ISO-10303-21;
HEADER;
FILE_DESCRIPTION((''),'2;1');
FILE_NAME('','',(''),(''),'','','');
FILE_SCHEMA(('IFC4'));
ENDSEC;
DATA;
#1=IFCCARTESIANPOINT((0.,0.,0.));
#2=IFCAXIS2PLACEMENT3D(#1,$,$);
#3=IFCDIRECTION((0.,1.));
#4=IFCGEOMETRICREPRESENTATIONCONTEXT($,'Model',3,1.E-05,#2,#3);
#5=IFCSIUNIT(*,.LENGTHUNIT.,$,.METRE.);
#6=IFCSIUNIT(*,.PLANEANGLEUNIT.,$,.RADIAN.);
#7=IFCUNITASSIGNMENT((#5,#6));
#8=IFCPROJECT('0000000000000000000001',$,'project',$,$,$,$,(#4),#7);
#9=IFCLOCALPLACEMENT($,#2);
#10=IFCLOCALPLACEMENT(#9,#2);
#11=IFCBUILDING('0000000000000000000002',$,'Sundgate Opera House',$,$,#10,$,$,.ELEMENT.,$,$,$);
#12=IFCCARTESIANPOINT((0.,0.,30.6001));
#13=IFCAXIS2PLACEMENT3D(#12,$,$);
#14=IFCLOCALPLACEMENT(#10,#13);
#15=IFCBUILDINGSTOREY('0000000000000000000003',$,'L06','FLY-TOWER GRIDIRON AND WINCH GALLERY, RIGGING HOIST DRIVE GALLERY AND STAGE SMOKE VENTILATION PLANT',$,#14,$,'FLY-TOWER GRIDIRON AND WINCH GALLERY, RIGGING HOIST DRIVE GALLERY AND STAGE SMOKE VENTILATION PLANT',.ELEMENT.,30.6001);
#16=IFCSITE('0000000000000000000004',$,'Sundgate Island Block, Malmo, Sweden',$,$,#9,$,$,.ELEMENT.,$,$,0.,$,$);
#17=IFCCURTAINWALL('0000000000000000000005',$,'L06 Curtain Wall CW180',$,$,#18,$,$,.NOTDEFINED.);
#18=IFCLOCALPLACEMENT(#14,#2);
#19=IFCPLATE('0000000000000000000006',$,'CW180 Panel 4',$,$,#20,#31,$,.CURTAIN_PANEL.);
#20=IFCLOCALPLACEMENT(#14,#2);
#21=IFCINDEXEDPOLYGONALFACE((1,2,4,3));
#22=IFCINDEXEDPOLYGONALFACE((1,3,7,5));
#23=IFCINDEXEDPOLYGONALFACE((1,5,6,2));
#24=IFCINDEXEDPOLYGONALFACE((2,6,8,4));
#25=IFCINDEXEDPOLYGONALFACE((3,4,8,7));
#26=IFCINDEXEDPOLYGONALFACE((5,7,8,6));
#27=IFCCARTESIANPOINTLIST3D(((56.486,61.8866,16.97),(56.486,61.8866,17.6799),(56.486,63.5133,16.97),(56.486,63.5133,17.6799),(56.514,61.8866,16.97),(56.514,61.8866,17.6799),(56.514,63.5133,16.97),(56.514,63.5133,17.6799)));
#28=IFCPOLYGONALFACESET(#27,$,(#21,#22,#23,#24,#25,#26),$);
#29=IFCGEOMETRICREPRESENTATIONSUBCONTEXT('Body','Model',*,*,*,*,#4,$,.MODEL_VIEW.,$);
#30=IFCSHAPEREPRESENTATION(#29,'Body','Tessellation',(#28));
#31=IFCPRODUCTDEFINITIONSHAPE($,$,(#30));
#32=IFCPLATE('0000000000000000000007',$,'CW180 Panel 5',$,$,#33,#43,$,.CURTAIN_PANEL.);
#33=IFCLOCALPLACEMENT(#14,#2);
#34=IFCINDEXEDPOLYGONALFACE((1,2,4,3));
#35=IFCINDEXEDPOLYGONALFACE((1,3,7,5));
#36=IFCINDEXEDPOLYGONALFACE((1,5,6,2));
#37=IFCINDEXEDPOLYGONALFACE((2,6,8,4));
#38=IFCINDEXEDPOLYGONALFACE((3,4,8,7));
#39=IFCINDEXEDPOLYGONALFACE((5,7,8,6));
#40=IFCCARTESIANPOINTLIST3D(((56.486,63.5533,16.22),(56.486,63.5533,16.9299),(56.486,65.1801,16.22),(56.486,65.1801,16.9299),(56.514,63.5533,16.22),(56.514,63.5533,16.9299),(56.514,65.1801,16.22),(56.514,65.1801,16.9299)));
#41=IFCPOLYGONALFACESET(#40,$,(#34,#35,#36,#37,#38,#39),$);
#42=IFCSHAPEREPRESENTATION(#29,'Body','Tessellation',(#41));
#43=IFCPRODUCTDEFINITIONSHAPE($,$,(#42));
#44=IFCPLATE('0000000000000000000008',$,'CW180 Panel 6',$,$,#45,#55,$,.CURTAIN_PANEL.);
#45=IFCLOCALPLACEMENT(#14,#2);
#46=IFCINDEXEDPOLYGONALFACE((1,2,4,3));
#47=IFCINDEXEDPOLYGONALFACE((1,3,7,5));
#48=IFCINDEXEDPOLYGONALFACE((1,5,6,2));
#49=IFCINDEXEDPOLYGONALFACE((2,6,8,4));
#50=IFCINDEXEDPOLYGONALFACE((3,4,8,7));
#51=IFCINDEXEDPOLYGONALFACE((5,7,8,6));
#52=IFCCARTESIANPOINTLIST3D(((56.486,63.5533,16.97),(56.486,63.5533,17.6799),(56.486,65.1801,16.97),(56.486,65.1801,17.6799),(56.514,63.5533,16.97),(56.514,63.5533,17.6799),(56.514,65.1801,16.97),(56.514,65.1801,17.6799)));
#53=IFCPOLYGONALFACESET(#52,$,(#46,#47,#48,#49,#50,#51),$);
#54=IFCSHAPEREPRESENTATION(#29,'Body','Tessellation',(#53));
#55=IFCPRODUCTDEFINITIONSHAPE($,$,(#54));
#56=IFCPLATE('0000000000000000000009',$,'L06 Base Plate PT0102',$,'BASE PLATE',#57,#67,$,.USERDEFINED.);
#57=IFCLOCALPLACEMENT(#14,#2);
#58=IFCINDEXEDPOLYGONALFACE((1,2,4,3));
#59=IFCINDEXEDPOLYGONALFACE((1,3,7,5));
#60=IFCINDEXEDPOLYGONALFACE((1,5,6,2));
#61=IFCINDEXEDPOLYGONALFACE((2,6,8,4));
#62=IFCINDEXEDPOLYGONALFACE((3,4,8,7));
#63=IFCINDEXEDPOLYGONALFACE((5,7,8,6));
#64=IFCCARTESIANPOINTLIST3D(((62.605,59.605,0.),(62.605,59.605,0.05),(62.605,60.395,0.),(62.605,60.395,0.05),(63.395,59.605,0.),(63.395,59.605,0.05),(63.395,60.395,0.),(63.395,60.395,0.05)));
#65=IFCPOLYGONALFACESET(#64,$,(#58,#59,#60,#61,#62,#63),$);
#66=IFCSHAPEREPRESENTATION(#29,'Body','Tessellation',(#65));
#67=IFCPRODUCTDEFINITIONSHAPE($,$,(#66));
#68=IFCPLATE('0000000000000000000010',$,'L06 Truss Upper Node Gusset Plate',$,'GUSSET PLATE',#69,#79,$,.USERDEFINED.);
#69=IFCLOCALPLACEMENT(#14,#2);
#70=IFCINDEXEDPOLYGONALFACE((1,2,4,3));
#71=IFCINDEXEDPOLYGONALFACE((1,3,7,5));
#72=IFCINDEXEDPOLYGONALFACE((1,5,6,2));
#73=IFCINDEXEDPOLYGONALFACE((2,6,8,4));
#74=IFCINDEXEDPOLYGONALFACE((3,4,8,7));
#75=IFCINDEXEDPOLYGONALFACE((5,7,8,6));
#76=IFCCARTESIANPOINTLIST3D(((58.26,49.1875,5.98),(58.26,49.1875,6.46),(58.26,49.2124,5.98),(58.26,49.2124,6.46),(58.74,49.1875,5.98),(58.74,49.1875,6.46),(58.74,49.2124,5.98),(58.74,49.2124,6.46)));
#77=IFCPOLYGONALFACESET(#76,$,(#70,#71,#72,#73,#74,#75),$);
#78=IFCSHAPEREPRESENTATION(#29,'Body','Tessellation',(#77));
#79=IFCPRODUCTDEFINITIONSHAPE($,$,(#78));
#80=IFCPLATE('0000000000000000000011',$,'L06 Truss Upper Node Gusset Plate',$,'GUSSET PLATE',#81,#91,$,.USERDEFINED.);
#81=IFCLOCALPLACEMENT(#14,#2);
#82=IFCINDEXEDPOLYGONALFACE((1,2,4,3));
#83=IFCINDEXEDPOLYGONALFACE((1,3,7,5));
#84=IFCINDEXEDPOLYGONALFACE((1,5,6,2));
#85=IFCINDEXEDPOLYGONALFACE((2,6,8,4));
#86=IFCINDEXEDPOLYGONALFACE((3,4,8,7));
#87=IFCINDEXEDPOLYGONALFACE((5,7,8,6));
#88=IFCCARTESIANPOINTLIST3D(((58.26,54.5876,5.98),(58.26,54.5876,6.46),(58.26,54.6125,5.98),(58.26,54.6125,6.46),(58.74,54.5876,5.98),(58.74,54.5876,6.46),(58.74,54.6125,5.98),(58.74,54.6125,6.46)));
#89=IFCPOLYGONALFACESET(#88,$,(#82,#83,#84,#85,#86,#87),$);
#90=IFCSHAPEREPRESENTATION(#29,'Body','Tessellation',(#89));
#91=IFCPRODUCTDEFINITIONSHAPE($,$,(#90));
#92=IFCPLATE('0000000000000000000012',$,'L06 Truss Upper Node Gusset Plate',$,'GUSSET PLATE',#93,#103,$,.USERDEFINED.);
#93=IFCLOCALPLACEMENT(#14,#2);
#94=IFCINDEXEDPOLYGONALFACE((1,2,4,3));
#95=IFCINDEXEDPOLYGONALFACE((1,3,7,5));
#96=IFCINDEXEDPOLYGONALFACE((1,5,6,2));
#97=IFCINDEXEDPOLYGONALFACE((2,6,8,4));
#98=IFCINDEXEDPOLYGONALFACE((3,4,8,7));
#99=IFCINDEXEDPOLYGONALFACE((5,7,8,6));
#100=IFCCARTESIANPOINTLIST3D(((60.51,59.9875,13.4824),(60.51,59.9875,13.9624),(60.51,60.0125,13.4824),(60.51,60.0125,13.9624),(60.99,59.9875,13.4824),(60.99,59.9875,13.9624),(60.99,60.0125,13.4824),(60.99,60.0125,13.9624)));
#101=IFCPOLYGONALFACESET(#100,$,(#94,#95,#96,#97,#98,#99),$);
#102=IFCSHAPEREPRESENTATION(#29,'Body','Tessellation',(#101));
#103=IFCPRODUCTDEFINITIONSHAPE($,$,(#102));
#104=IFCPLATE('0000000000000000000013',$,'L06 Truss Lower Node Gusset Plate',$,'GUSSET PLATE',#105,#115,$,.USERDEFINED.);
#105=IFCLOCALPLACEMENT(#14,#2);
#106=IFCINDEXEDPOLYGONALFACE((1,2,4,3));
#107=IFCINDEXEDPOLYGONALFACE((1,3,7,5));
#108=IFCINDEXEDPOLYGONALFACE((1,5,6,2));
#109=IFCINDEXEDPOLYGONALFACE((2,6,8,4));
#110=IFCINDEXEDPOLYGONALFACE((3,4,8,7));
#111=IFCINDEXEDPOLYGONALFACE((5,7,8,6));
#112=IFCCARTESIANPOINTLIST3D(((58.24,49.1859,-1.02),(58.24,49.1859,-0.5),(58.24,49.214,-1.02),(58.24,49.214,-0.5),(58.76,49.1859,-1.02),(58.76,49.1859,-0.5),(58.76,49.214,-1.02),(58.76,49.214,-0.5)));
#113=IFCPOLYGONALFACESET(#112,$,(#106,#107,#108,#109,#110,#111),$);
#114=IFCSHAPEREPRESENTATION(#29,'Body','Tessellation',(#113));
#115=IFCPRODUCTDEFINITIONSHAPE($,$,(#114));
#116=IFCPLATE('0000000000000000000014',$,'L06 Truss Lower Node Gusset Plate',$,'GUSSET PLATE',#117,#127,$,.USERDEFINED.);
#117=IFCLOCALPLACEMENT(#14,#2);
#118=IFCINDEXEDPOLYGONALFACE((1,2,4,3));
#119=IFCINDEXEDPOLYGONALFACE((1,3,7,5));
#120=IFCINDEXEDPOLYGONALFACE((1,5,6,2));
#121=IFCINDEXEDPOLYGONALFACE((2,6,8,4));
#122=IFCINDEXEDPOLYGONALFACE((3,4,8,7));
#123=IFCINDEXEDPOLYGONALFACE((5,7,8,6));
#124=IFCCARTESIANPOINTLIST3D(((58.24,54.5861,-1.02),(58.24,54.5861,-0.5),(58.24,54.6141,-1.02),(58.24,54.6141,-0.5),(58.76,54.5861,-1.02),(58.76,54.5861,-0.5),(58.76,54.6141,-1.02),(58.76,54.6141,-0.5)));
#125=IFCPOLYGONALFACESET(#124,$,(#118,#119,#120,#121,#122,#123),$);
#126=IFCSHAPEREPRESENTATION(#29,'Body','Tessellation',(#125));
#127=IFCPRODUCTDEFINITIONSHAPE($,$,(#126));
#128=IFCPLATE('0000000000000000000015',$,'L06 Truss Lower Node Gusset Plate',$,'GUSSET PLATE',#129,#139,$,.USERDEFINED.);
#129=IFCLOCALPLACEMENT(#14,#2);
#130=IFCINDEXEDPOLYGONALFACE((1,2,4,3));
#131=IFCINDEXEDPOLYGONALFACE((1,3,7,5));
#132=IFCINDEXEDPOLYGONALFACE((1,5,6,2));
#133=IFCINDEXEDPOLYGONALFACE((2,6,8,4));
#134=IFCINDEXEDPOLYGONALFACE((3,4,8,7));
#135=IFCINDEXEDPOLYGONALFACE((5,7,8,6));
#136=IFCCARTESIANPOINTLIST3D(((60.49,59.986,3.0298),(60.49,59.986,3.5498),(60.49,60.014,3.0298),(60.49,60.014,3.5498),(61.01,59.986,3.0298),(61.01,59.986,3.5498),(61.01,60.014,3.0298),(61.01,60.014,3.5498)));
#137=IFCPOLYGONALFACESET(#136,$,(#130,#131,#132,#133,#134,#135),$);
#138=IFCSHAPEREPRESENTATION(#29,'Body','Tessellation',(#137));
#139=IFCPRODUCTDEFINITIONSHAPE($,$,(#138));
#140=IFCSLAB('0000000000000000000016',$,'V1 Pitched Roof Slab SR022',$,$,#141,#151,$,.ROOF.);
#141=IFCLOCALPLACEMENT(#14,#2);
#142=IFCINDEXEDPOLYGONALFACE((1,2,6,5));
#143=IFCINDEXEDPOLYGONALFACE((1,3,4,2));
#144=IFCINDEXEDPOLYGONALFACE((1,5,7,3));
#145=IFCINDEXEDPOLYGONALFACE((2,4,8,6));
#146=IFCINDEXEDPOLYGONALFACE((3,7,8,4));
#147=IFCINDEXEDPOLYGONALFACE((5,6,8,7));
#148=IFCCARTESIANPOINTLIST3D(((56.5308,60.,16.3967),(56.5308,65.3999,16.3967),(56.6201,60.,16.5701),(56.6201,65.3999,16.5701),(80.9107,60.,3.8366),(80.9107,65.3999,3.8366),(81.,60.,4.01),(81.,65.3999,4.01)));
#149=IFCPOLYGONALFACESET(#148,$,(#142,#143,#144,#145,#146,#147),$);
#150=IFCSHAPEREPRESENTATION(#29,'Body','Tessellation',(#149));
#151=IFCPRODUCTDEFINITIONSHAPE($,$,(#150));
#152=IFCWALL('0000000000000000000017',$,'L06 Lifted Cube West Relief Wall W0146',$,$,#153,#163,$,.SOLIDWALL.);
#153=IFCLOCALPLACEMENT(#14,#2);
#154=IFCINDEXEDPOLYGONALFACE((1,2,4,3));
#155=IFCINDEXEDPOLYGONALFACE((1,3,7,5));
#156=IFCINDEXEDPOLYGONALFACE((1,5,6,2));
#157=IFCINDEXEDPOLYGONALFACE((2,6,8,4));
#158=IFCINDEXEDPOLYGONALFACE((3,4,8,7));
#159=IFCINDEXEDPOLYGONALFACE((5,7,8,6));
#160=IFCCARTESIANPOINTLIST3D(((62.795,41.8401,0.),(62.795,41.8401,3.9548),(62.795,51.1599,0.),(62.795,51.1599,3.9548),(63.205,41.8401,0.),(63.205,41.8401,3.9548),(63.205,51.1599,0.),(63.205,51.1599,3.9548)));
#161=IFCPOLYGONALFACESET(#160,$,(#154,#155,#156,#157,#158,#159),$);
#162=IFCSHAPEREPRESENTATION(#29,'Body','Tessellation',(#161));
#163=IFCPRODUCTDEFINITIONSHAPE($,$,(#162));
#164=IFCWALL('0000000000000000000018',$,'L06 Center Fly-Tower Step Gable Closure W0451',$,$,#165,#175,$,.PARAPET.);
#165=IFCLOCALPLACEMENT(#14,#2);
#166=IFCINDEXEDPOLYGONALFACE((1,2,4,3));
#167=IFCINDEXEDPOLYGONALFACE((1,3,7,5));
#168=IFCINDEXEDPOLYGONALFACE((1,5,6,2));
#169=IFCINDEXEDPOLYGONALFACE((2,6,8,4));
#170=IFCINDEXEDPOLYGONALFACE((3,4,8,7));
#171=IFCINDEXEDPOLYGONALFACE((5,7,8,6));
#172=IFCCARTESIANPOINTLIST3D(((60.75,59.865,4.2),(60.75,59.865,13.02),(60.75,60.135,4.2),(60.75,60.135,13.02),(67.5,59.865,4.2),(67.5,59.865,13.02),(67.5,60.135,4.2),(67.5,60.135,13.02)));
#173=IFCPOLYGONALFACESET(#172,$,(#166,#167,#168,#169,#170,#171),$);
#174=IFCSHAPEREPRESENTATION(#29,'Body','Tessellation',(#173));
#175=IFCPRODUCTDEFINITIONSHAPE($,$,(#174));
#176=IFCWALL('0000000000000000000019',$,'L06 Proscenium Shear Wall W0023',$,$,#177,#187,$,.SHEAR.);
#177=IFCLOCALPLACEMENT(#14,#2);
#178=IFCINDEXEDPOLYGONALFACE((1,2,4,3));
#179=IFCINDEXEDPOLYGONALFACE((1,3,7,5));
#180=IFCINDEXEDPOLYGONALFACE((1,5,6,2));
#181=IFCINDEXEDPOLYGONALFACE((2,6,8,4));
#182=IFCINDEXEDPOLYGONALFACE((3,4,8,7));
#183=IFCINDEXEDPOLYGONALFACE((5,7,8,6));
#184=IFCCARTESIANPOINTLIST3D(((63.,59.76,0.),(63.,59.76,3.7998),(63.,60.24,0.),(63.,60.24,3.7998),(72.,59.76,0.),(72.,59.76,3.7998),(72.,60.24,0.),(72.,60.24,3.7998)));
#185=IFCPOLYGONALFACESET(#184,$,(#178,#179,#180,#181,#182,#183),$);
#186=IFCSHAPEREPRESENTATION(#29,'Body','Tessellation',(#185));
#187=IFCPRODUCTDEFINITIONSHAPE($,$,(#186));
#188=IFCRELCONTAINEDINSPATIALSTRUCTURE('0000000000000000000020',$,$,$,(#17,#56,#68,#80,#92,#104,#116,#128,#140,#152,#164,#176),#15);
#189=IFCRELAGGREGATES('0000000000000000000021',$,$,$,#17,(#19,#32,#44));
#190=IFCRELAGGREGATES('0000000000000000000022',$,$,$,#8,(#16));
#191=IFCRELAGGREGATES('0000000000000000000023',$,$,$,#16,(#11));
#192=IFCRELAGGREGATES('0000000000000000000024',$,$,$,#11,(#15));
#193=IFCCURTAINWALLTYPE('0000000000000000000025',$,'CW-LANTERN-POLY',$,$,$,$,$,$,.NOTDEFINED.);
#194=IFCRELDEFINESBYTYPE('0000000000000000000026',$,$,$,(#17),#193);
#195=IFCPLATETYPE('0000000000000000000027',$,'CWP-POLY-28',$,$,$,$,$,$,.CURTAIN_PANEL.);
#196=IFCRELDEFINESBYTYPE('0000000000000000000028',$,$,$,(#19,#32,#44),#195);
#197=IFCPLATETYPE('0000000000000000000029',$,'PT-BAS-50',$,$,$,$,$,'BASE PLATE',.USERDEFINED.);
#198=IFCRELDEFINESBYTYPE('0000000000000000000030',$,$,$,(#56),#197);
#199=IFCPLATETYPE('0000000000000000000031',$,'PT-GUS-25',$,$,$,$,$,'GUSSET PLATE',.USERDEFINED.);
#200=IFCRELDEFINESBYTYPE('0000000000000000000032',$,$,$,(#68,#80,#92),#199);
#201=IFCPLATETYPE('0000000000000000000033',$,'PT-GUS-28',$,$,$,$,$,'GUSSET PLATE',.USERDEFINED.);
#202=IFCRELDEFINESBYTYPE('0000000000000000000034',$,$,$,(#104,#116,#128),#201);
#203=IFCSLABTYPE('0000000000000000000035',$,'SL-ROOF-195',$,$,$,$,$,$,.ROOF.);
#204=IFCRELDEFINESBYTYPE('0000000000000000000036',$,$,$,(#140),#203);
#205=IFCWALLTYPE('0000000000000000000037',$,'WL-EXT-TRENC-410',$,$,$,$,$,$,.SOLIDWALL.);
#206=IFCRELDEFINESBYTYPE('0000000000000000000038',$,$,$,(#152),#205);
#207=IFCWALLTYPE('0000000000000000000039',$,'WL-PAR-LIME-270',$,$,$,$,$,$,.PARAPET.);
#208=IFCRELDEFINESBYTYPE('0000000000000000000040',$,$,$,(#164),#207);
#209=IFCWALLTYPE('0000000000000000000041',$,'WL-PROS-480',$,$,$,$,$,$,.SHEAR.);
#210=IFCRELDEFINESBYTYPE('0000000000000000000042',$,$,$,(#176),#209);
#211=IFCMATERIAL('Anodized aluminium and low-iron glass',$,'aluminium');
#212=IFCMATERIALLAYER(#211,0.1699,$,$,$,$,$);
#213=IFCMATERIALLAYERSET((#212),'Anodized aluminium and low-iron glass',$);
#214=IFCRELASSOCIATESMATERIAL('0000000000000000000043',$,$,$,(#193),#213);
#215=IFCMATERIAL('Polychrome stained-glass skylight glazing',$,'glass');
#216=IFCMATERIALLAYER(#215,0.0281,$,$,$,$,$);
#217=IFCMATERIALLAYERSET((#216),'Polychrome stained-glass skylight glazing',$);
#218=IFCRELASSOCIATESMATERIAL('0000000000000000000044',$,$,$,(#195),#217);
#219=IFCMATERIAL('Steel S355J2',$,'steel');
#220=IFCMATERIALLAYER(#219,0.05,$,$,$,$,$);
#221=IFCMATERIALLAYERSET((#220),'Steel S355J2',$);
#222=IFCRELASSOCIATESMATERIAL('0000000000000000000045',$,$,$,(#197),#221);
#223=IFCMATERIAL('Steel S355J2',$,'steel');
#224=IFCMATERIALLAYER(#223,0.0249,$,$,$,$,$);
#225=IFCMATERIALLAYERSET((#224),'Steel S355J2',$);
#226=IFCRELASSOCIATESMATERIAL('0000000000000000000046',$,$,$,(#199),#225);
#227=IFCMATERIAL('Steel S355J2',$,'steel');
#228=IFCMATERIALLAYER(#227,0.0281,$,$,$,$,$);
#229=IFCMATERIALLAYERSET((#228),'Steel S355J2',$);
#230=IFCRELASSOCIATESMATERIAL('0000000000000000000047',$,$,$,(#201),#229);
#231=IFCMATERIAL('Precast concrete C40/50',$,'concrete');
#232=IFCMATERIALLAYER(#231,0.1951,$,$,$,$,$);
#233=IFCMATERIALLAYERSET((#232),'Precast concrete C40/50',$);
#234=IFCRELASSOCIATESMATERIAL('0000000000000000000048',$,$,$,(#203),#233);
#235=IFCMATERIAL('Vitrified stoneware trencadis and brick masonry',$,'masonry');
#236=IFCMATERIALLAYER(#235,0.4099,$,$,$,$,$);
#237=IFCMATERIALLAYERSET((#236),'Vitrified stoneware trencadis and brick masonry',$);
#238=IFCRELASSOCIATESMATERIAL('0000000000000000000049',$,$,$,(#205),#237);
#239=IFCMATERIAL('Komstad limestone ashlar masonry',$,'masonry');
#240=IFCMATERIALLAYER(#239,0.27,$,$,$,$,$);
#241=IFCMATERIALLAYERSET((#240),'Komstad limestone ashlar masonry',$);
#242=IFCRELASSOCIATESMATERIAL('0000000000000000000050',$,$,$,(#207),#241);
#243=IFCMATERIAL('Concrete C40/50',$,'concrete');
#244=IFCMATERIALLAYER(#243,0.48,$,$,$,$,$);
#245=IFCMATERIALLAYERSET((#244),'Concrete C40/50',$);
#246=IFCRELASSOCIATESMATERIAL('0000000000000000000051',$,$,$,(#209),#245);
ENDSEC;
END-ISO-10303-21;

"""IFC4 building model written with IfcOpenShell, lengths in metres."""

from ifc_helpers import new_model, si_unit, direction, frame, frame_2d, origin, origin_2d, place, context, subcontext, project, spatial, polyline, rectangle, outline, extrude, material, layer, layer_set, type_object, element, aggregate, save


model = new_model("IFC4")

# Units and contexts
model_context = context("Model", 3, precision=1e-05, world=origin(), true_north=direction((0.0, 1.0)))
body_context = subcontext(model_context, "Body", "Model", "MODEL_VIEW")
ifc_project = project(units=[si_unit("LENGTHUNIT", "METRE"), si_unit("PLANEANGLEUNIT", "RADIAN")], contexts=[model_context])

# Site, building, storey
site_placement = place(None, origin())
site = spatial("IfcSite", under=ifc_project, at=site_placement, Name="Sundgate Island Block, Malmo, Sweden", CompositionType="ELEMENT", RefElevation=0.0)
building_placement = place(site_placement, origin())
building = spatial("IfcBuilding", under=site, at=building_placement, Name="Sundgate Opera House", CompositionType="ELEMENT")
storey_placement = place(building_placement, frame((0.0, 0.0, 30.6001)))
storey = spatial("IfcBuildingStorey", under=building, at=storey_placement, Name="L06", Description="FLY-TOWER GRIDIRON AND WINCH GALLERY, RIGGING HOIST DRIVE GALLERY AND STAGE SMOKE VENTILATION PLANT", LongName="FLY-TOWER GRIDIRON AND WINCH GALLERY, RIGGING HOIST DRIVE GALLERY AND STAGE SMOKE VENTILATION PLANT", CompositionType="ELEMENT", Elevation=30.6001)

# Curtain wall
ifc_material_1 = material(Name="Anodized aluminium and low-iron glass", Category="aluminium")
ifc_layer_1 = layer(ifc_material_1, 0.1699)
ifc_layer_set_1 = layer_set([ifc_layer_1], Name="Anodized aluminium and low-iron glass")
curtain_wall_type = type_object("IfcCurtainWallType", Name="CW-LANTERN-POLY", PredefinedType="NOTDEFINED", material=ifc_layer_set_1)
curtain_wall_placement = place(storey_placement, origin())
curtain_wall = element("IfcCurtainWall", 1, at=curtain_wall_placement, inside=storey, type_object=curtain_wall_type, Name="L06 Curtain Wall CW180", PredefinedType="NOTDEFINED")

# Plates
ifc_material_2 = material(Name="Polychrome stained-glass skylight glazing", Category="glass")
ifc_layer_2 = layer(ifc_material_2, 0.0281)
ifc_layer_set_2 = layer_set([ifc_layer_2], Name="Polychrome stained-glass skylight glazing")
plate_type_1 = type_object("IfcPlateType", Name="CWP-POLY-28", PredefinedType="CURTAIN_PANEL", material=ifc_layer_set_2)
plate_1_placement = place(storey_placement, frame((56.5, 62.7, 16.97), z_axis=(0.0, 0.0, 1.0), x_axis=(0.0, 1.0, 0.0)))
plate_1 = element("IfcPlate", 2, at=plate_1_placement, type_object=plate_type_1, Name="CW180 Panel 4", PredefinedType="CURTAIN_PANEL", context=body_context, shape_type="SweptSolid", body=[
    extrude(rectangle(XDim=1.6267, YDim=0.0281, at=origin_2d()), origin(), (0.0, 0.0, 1.0), 0.71),
])
plate_2_placement = place(storey_placement, frame((56.5, 64.3667, 16.22), z_axis=(0.0, 0.0, 1.0), x_axis=(0.0, 1.0, 0.0)))
plate_2 = element("IfcPlate", 3, at=plate_2_placement, type_object=plate_type_1, Name="CW180 Panel 5", PredefinedType="CURTAIN_PANEL", context=body_context, shape_type="SweptSolid", body=[
    extrude(rectangle(XDim=1.6267, YDim=0.0281, at=origin_2d()), origin(), (0.0, 0.0, 1.0), 0.71),
])
plate_3_placement = place(storey_placement, frame((56.5, 64.3667, 16.97), z_axis=(0.0, 0.0, 1.0), x_axis=(0.0, 1.0, 0.0)))
plate_3 = element("IfcPlate", 4, at=plate_3_placement, type_object=plate_type_1, Name="CW180 Panel 6", PredefinedType="CURTAIN_PANEL", context=body_context, shape_type="SweptSolid", body=[
    extrude(rectangle(XDim=1.6267, YDim=0.0281, at=origin_2d()), origin(), (0.0, 0.0, 1.0), 0.71),
])
aggregate(curtain_wall, [plate_1, plate_2, plate_3])

# Plates
ifc_material_3 = material(Name="Steel S355J2", Category="steel")
ifc_layer_3 = layer(ifc_material_3, 0.05)
ifc_layer_set_3 = layer_set([ifc_layer_3], Name="Steel S355J2")
plate_type_2 = type_object("IfcPlateType", Name="PT-BAS-50", ElementType="BASE PLATE", PredefinedType="USERDEFINED", material=ifc_layer_set_3)
plate_4_placement = place(storey_placement, frame((63.0, 60.0, 0.0), z_axis=(0.0, 0.0, 1.0), x_axis=(1.0, 0.0, 0.0)))
element("IfcPlate", 5, at=plate_4_placement, inside=storey, type_object=plate_type_2, Name="L06 Base Plate PT0102", ObjectType="BASE PLATE", PredefinedType="USERDEFINED", context=body_context, shape_type="SweptSolid", body=[
    extrude(rectangle(XDim=0.79, YDim=0.79, at=origin_2d()), origin(), (0.0, 0.0, 1.0), 0.05),
])
ifc_material_4 = material(Name="Steel S355J2", Category="steel")
ifc_layer_4 = layer(ifc_material_4, 0.0249)
ifc_layer_set_4 = layer_set([ifc_layer_4], Name="Steel S355J2")
plate_type_3 = type_object("IfcPlateType", Name="PT-GUS-25", ElementType="GUSSET PLATE", PredefinedType="USERDEFINED", material=ifc_layer_set_4)
for number, where, z_axis, x_axis, name in (
    (6, (58.5, 49.2, 5.98), (0.0, 0.0, 1.0), (1.0, 0.0, 0.0), "L06 Truss Upper Node Gusset Plate"),
    (7, (58.5, 54.6001, 5.98), (0.0, 0.0, 1.0), (1.0, 0.0, 0.0), "L06 Truss Upper Node Gusset Plate"),
    (8, (60.75, 60.0, 13.4824), (0.0, 0.0, 1.0), (1.0, 0.0, 0.0), "L06 Truss Upper Node Gusset Plate"),
):
    element("IfcPlate", number, at=place(storey_placement, frame(where, z_axis=z_axis, x_axis=x_axis)), inside=storey, type_object=plate_type_3, Name=name, ObjectType="GUSSET PLATE", PredefinedType="USERDEFINED", context=body_context, shape_type="SweptSolid", body=[
        extrude(rectangle(XDim=0.48, YDim=0.0249, at=origin_2d()), origin(), (0.0, 0.0, 1.0), 0.48),
    ])
ifc_material_5 = material(Name="Steel S355J2", Category="steel")
ifc_layer_5 = layer(ifc_material_5, 0.0281)
ifc_layer_set_5 = layer_set([ifc_layer_5], Name="Steel S355J2")
plate_type_4 = type_object("IfcPlateType", Name="PT-GUS-28", ElementType="GUSSET PLATE", PredefinedType="USERDEFINED", material=ifc_layer_set_5)
for number, where, z_axis, x_axis, name in (
    (9, (58.5, 49.2, -1.02), (0.0, 0.0, 1.0), (1.0, 0.0, 0.0), "L06 Truss Lower Node Gusset Plate"),
    (10, (58.5, 54.6001, -1.02), (0.0, 0.0, 1.0), (1.0, 0.0, 0.0), "L06 Truss Lower Node Gusset Plate"),
    (11, (60.75, 60.0, 3.0298), (0.0, 0.0, 1.0), (1.0, 0.0, 0.0), "L06 Truss Lower Node Gusset Plate"),
):
    element("IfcPlate", number, at=place(storey_placement, frame(where, z_axis=z_axis, x_axis=x_axis)), inside=storey, type_object=plate_type_4, Name=name, ObjectType="GUSSET PLATE", PredefinedType="USERDEFINED", context=body_context, shape_type="SweptSolid", body=[
        extrude(rectangle(XDim=0.52, YDim=0.0281, at=origin_2d()), origin(), (0.0, 0.0, 1.0), 0.52),
    ])

# Slab
ifc_material_6 = material(Name="Precast concrete C40/50", Category="concrete")
ifc_layer_6 = layer(ifc_material_6, 0.1951)
ifc_layer_set_6 = layer_set([ifc_layer_6], Name="Precast concrete C40/50")
slab_type = type_object("IfcSlabType", Name="SL-ROOF-195", PredefinedType="ROOF", material=ifc_layer_set_6)
slab_placement = place(storey_placement, frame((56.6201, 60.0, 16.5701), z_axis=(0.457977, 0.0, 0.888964), x_axis=(0.888964, 0.0, -0.457977)))
element("IfcSlab", 12, at=slab_placement, inside=storey, type_object=slab_type, Name="V1 Pitched Roof Slab SR022", PredefinedType="ROOF", context=body_context, shape_type="SweptSolid", body=[
    extrude(outline(polyline([(0.0, 0.0), (27.4251, 0.0), (27.4251, 5.3999), (0.0, 5.3999), (0.0, 0.0)])), origin(), (0.0, 0.0, -1.0), 0.1951),
])

# Walls
ifc_material_7 = material(Name="Vitrified stoneware trencadis and brick masonry", Category="masonry")
ifc_layer_7 = layer(ifc_material_7, 0.4099)
ifc_layer_set_7 = layer_set([ifc_layer_7], Name="Vitrified stoneware trencadis and brick masonry")
wall_type_1 = type_object("IfcWallType", Name="WL-EXT-TRENC-410", PredefinedType="SOLIDWALL", material=ifc_layer_set_7)
wall_1_placement = place(storey_placement, frame((63.0, 51.1599, 0.0), z_axis=(0.0, 0.0, 1.0), x_axis=(0.0, -1.0, 0.0)))
element("IfcWall", 13, at=wall_1_placement, inside=storey, type_object=wall_type_1, Name="L06 Lifted Cube West Relief Wall W0146", PredefinedType="SOLIDWALL", context=body_context, shape_type="SweptSolid", body=[
    extrude(rectangle(XDim=9.3198, YDim=0.4099, at=frame_2d((4.6599, 0.0))), origin(), (0.0, 0.0, 1.0), 3.9548),
])
ifc_material_8 = material(Name="Komstad limestone ashlar masonry", Category="masonry")
ifc_layer_8 = layer(ifc_material_8, 0.27)
ifc_layer_set_8 = layer_set([ifc_layer_8], Name="Komstad limestone ashlar masonry")
wall_type_2 = type_object("IfcWallType", Name="WL-PAR-LIME-270", PredefinedType="PARAPET", material=ifc_layer_set_8)
wall_2_placement = place(storey_placement, frame((60.75, 60.0, 4.2), z_axis=(0.0, 0.0, 1.0), x_axis=(1.0, 0.0, 0.0)))
element("IfcWall", 14, at=wall_2_placement, inside=storey, type_object=wall_type_2, Name="L06 Center Fly-Tower Step Gable Closure W0451", PredefinedType="PARAPET", context=body_context, shape_type="SweptSolid", body=[
    extrude(rectangle(XDim=6.75, YDim=0.27, at=frame_2d((3.375, 0.0))), origin(), (0.0, 0.0, 1.0), 8.8201),
])
ifc_material_9 = material(Name="Concrete C40/50", Category="concrete")
ifc_layer_9 = layer(ifc_material_9, 0.48)
ifc_layer_set_9 = layer_set([ifc_layer_9], Name="Concrete C40/50")
wall_type_3 = type_object("IfcWallType", Name="WL-PROS-480", PredefinedType="SHEAR", material=ifc_layer_set_9)
wall_3_placement = place(storey_placement, frame((63.0, 60.0, 0.0), z_axis=(0.0, 0.0, 1.0), x_axis=(1.0, 0.0, 0.0)))
element("IfcWall", 15, at=wall_3_placement, inside=storey, type_object=wall_type_3, Name="L06 Proscenium Shear Wall W0023", PredefinedType="SHEAR", context=body_context, shape_type="SweptSolid", body=[
    extrude(rectangle(XDim=9.0, YDim=0.48, at=frame_2d((4.5, 0.0))), origin(), (0.0, 0.0, 1.0), 3.7998),
])

save(model, "model.ifc")
